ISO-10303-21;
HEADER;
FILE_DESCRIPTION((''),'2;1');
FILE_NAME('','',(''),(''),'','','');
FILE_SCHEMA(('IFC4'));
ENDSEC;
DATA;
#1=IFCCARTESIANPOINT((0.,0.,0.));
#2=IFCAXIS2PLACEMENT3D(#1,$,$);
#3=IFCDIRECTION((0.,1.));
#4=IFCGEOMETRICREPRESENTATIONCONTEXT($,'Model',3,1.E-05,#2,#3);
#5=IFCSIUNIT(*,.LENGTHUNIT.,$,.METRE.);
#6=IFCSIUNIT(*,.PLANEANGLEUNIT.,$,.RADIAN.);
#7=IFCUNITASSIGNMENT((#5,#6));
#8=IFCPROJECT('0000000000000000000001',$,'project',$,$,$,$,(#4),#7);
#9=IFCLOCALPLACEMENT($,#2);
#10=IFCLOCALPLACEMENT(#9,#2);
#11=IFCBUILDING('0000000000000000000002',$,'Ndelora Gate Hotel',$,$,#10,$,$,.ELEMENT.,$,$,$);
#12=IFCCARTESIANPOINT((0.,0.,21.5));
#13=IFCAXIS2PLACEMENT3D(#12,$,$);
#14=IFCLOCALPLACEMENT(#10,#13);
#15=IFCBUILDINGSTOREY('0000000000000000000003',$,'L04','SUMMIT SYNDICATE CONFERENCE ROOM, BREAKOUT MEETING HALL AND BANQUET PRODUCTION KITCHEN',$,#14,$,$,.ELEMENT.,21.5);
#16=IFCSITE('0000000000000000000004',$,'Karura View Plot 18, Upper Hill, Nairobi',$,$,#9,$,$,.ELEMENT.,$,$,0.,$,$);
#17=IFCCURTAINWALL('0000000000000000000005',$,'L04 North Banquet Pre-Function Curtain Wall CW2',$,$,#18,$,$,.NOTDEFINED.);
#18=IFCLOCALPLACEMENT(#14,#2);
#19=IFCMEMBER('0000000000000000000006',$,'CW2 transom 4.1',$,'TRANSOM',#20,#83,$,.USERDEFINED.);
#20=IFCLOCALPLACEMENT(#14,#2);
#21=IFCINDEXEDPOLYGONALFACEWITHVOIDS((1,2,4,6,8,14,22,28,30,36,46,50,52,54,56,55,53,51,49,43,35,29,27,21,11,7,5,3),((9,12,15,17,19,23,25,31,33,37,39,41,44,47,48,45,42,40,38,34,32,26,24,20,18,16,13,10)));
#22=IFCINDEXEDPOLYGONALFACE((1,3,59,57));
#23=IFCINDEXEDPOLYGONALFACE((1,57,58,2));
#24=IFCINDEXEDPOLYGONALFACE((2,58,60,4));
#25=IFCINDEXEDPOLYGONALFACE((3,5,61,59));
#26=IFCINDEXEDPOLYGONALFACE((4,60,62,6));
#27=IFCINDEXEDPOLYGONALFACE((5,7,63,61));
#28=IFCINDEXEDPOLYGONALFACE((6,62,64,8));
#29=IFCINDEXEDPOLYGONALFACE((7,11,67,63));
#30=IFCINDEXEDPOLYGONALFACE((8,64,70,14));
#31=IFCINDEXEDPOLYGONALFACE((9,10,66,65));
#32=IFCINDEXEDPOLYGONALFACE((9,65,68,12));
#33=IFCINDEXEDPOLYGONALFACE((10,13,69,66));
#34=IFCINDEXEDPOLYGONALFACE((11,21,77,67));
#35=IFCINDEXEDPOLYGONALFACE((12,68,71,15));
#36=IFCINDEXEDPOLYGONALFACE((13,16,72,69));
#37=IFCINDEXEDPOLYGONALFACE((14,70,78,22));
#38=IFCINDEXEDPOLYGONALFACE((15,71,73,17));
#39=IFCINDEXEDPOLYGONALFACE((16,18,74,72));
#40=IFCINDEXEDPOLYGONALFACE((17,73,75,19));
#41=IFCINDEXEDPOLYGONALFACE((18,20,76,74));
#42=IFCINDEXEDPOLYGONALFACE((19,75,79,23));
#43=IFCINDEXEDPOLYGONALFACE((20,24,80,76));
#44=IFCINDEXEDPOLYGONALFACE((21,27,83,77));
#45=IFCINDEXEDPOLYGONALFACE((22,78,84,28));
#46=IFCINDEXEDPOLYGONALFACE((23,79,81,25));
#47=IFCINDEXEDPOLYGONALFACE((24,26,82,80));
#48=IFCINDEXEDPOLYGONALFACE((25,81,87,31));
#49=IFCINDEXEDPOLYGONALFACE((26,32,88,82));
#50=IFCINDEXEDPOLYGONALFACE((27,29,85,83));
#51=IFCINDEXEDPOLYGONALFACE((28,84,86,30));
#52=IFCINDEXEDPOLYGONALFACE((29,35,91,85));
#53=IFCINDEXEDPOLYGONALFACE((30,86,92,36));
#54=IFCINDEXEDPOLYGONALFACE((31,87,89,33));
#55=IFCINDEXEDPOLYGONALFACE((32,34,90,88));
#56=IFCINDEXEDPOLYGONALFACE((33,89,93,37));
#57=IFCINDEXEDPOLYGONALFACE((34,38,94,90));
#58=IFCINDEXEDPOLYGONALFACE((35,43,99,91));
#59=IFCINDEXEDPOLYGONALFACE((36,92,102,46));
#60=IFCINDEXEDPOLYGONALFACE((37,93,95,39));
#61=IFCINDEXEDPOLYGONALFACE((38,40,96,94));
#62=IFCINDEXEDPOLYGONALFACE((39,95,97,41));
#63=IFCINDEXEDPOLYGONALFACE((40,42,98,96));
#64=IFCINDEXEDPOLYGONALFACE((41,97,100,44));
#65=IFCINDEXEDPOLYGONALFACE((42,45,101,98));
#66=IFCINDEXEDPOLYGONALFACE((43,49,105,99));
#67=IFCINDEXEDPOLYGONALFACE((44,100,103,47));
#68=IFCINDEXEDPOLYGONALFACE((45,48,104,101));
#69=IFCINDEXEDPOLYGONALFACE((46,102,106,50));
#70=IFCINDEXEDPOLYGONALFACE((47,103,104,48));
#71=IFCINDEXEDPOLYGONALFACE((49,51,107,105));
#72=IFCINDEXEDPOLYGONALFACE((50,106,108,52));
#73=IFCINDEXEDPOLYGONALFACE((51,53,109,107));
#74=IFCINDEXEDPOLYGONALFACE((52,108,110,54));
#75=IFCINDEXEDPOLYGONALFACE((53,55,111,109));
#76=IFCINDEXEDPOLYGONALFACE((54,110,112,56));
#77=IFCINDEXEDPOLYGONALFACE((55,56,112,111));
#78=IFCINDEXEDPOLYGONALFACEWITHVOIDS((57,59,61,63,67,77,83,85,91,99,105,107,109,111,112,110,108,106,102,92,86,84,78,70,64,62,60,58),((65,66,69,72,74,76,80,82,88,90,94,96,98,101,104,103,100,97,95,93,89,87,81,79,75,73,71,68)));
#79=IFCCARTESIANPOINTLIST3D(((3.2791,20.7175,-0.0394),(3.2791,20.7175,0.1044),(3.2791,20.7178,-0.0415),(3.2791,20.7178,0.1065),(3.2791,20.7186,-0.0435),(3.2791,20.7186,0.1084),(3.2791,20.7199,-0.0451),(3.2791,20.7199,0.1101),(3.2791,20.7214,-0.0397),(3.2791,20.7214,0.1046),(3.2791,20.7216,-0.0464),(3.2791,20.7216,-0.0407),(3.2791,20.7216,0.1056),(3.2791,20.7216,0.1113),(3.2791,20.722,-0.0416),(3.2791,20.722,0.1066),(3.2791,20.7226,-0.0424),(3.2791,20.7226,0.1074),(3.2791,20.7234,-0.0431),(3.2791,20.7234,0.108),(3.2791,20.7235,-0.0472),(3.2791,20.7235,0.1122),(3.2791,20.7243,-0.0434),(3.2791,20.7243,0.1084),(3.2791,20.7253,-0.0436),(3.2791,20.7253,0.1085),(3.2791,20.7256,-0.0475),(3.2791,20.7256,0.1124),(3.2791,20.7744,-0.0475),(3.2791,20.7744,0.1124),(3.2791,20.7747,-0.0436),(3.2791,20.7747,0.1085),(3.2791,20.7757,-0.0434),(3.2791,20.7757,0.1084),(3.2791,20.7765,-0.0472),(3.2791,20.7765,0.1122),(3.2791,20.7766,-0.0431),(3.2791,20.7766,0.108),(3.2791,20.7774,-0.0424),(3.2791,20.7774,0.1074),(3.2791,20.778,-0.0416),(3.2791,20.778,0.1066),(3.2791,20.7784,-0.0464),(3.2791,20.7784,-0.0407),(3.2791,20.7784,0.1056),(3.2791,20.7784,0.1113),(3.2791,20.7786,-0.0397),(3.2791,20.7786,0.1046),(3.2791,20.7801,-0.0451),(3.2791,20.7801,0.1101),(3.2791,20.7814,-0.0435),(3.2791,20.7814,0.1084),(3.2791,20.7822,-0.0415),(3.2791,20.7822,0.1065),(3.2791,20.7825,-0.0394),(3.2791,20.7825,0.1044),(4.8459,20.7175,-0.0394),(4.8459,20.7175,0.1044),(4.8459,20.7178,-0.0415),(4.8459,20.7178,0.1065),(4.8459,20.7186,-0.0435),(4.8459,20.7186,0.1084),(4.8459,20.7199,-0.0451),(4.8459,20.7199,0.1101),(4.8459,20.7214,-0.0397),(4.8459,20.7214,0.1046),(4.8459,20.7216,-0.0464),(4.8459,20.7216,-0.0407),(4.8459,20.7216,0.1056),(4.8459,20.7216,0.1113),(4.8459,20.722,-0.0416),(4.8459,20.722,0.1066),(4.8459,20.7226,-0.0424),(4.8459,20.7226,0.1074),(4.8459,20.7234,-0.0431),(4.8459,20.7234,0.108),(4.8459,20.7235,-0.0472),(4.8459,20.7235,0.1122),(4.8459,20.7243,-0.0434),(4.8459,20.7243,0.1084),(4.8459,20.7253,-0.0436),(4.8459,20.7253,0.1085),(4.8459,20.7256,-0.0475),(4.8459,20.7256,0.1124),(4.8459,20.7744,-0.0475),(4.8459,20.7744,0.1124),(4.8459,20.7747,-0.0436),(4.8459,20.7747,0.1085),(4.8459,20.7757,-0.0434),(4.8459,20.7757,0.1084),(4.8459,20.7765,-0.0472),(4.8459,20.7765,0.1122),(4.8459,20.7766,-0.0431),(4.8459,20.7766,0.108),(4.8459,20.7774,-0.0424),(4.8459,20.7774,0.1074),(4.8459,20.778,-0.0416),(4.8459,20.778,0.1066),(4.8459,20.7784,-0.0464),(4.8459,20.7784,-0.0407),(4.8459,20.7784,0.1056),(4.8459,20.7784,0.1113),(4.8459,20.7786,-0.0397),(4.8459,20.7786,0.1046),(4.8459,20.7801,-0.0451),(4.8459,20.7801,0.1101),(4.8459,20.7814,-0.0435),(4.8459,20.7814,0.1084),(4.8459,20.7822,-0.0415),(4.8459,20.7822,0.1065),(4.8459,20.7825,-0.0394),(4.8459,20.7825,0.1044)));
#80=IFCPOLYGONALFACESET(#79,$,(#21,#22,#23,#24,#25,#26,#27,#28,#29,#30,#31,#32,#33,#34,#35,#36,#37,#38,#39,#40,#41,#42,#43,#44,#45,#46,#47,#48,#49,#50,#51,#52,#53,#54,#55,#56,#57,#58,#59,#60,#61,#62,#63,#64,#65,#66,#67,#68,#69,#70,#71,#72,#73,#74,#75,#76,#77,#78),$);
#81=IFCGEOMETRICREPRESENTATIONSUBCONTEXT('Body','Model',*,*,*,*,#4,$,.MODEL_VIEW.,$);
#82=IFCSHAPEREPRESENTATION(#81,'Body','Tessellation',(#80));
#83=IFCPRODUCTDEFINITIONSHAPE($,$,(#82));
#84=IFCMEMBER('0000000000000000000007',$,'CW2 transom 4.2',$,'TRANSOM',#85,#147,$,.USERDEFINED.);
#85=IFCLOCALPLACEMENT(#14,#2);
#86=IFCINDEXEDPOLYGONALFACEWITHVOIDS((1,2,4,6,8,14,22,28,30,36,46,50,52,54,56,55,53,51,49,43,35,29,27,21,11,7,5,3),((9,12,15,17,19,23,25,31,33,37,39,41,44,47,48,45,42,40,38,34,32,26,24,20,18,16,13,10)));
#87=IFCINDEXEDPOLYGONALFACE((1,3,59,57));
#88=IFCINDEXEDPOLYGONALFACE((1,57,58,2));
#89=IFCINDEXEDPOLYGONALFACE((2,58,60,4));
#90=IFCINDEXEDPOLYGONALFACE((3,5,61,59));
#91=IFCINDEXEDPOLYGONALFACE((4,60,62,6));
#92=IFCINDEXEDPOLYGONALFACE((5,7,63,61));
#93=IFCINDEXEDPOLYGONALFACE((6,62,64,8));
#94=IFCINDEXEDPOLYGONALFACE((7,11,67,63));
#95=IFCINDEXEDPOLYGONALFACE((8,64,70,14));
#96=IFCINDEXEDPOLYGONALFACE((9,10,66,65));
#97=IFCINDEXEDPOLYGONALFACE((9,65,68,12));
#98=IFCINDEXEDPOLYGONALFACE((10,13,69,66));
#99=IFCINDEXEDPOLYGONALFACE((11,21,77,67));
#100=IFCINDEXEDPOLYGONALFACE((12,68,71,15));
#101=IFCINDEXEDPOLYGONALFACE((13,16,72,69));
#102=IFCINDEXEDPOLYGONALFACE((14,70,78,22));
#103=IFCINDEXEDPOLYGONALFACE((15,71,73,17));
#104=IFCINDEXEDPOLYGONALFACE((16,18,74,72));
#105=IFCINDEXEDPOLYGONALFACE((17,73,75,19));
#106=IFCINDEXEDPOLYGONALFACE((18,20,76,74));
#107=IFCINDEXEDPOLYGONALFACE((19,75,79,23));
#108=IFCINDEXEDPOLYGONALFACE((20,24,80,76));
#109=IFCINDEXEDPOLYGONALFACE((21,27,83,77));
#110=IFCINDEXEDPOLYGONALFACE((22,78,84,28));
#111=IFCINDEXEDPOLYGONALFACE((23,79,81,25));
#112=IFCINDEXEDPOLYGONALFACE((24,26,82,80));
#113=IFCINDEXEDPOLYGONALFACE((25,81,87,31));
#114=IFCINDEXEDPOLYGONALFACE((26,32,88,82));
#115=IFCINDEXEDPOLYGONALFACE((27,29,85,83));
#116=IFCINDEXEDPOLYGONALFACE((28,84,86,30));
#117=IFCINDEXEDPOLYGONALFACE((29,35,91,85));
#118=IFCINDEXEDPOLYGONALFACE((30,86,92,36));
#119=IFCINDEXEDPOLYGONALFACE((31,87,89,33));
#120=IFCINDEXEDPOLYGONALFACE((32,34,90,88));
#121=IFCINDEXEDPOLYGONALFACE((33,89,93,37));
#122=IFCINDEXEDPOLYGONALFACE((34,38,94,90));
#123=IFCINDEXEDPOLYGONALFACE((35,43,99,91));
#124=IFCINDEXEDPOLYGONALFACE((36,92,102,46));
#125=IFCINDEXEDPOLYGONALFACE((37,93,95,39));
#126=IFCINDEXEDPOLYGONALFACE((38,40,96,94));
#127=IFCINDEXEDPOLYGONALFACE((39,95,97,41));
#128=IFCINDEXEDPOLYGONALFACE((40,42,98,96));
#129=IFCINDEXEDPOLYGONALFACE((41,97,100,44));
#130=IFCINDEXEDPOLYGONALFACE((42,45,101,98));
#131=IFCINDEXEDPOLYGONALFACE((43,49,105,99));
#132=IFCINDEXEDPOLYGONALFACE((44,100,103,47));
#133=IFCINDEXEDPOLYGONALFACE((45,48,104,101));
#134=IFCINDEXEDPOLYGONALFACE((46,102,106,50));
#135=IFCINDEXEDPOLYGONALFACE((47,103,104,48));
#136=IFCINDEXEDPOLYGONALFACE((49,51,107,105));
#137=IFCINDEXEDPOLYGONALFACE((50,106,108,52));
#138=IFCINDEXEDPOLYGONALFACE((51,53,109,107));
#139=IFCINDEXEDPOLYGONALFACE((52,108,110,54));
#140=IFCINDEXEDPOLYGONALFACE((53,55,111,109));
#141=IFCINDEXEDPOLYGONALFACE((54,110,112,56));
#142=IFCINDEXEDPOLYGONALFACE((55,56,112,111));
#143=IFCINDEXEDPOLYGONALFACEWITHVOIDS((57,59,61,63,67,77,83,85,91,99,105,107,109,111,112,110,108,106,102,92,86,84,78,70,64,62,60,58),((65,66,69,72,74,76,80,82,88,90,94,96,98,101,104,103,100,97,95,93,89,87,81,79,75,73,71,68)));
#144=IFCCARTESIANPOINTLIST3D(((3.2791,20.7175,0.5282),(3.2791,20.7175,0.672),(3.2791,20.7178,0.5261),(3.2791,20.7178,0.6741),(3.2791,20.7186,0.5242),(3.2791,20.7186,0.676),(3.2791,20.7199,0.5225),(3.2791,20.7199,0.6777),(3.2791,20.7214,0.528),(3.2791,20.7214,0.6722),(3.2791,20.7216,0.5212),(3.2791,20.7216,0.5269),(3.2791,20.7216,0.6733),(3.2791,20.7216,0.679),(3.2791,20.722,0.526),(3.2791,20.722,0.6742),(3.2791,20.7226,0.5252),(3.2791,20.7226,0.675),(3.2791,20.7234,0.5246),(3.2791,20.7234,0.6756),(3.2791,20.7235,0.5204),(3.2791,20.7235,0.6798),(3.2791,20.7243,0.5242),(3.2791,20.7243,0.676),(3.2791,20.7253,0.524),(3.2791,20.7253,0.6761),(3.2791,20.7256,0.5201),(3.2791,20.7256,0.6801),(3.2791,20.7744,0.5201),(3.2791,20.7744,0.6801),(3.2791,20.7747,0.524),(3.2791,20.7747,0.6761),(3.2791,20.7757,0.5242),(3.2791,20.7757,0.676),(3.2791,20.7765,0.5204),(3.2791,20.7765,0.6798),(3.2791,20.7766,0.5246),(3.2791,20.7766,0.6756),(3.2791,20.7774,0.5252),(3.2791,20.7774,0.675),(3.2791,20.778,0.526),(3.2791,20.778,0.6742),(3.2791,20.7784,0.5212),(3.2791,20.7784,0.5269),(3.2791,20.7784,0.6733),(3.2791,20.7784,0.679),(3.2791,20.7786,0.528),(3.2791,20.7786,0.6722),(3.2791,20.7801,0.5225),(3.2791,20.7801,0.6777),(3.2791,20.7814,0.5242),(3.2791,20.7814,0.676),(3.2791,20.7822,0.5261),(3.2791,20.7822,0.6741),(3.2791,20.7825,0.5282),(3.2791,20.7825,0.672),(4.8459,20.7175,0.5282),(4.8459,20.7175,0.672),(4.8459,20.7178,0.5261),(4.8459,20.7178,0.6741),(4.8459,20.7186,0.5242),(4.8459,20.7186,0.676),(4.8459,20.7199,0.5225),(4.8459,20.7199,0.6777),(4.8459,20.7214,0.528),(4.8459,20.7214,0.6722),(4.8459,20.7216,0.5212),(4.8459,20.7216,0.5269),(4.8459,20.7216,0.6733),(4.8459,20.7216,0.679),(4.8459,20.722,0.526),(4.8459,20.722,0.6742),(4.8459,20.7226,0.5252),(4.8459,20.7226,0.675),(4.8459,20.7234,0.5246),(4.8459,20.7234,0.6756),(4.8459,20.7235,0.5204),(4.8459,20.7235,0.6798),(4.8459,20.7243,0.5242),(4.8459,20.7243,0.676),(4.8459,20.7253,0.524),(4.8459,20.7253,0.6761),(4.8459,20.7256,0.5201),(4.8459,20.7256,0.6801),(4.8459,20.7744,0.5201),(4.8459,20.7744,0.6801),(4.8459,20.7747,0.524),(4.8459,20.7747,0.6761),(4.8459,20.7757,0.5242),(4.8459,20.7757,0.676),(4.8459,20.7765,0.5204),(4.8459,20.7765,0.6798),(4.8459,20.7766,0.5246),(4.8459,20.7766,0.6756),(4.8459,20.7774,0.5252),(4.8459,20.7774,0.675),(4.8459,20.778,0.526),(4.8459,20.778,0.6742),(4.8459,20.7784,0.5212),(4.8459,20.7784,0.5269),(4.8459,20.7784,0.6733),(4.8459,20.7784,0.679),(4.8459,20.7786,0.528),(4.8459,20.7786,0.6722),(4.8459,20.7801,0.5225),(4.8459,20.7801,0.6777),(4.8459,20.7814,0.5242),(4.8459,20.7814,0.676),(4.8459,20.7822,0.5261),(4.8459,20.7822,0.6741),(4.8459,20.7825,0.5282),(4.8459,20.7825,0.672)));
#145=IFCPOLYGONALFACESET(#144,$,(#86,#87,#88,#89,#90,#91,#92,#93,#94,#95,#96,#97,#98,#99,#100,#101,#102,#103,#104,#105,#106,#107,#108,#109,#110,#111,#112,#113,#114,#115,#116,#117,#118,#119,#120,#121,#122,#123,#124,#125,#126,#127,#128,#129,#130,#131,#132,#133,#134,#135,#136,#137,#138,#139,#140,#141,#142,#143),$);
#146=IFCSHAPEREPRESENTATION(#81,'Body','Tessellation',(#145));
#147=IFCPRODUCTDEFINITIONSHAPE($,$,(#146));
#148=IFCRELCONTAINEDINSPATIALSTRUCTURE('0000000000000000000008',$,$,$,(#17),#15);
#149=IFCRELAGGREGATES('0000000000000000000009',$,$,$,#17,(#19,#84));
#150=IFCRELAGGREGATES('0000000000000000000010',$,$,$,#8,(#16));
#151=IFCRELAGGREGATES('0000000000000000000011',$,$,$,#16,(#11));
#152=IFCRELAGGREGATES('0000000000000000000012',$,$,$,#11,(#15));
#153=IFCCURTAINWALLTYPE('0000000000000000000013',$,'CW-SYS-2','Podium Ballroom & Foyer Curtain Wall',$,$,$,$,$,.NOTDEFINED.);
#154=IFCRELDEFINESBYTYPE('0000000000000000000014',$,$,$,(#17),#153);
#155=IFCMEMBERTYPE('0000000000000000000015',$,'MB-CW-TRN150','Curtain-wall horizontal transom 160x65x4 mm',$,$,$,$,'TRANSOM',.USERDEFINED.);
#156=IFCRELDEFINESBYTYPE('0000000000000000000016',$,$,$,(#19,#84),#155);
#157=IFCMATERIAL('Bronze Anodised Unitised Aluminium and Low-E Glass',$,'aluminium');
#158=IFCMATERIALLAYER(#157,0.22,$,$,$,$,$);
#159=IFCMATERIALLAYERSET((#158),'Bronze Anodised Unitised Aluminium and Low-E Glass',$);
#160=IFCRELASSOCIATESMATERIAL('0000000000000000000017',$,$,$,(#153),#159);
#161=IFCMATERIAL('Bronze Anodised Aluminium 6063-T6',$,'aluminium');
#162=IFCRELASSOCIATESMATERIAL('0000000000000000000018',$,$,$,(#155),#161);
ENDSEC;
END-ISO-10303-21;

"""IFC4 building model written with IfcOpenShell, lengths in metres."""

from ifc_helpers import new_model, si_unit, direction, frame, origin, origin_2d, place, context, subcontext, project, spatial, hollow_rectangle, extrude, material, layer, layer_set, material_profile, profile_set, type_object, element, aggregate, save


model = new_model("IFC4")

# Units and contexts
model_context = context("Model", 3, precision=1e-05, world=origin(), true_north=direction((0.0, 1.0)))
body_context = subcontext(model_context, "Body", "Model", "MODEL_VIEW")
ifc_project = project(units=[si_unit("LENGTHUNIT", "METRE"), si_unit("PLANEANGLEUNIT", "RADIAN")], contexts=[model_context])

# Site, building, storey
site_placement = place(None, origin())
site = spatial("IfcSite", under=ifc_project, at=site_placement, Name="Karura View Plot 18, Upper Hill, Nairobi", CompositionType="ELEMENT", RefElevation=0.0)
building_placement = place(site_placement, origin())
building = spatial("IfcBuilding", under=site, at=building_placement, Name="Ndelora Gate Hotel", CompositionType="ELEMENT")
storey_placement = place(building_placement, frame((0.0, 0.0, 21.5)))
storey = spatial("IfcBuildingStorey", under=building, at=storey_placement, Name="L04", Description="SUMMIT SYNDICATE CONFERENCE ROOM, BREAKOUT MEETING HALL AND BANQUET PRODUCTION KITCHEN", CompositionType="ELEMENT", Elevation=21.5)

# Curtain wall, members
ifc_material_1 = material(Name="Bronze Anodised Unitised Aluminium and Low-E Glass", Category="aluminium")
ifc_layer_1 = layer(ifc_material_1, 0.22)
ifc_layer_set_1 = layer_set([ifc_layer_1], Name="Bronze Anodised Unitised Aluminium and Low-E Glass")
curtain_wall_type = type_object("IfcCurtainWallType", Name="CW-SYS-2", Description="Podium Ballroom & Foyer Curtain Wall", PredefinedType="NOTDEFINED", material=ifc_layer_set_1)
curtain_wall_placement = place(storey_placement, origin())
curtain_wall = element("IfcCurtainWall", 1, at=curtain_wall_placement, inside=storey, type_object=curtain_wall_type, Name="L04 North Banquet Pre-Function Curtain Wall CW2", PredefinedType="NOTDEFINED")
ifc_material_2 = material(Name="Bronze Anodised Aluminium 6063-T6", Category="aluminium")
ifc_material_profile_1 = material_profile(ifc_material_2, hollow_rectangle(XDim=0.0649, YDim=0.1599, WallThickness=0.0039, InnerFilletRadius=0.0039, OuterFilletRadius=0.0081, at=origin_2d()), Name="ALU 160x65x4")
ifc_profile_set_1 = profile_set([ifc_material_profile_1], Name="Bronze Anodised Aluminium 6063-T6")
member_type_1 = type_object("IfcMemberType", Name="MB-CW-TRN150", Description="Curtain-wall horizontal transom 160x65x4 mm", ElementType="TRANSOM", PredefinedType="USERDEFINED", material=ifc_profile_set_1)
member_1_placement = place(storey_placement, frame((4.8459, 20.75, 0.0325), z_axis=(-1.0, 0.0, 0.0), x_axis=(0.0, -1.0, 0.0)))
member_1 = element("IfcMember", 2, at=member_1_placement, type_object=member_type_1, Name="CW2 transom 4.1", ObjectType="TRANSOM", PredefinedType="USERDEFINED", context=body_context, shape_type="SweptSolid", body=[
    extrude(hollow_rectangle(XDim=0.0649, YDim=0.1599, WallThickness=0.0039, InnerFilletRadius=0.0039, OuterFilletRadius=0.0081, at=origin_2d()), origin(), (0.0, 0.0, 1.0), 1.5669),
])
member_2_placement = place(storey_placement, frame((4.8459, 20.75, 0.6001), z_axis=(-1.0, 0.0, 0.0), x_axis=(0.0, -1.0, 0.0)))
member_2 = element("IfcMember", 3, at=member_2_placement, type_object=member_type_1, Name="CW2 transom 4.2", ObjectType="TRANSOM", PredefinedType="USERDEFINED", context=body_context, shape_type="SweptSolid", body=[
    extrude(hollow_rectangle(XDim=0.0649, YDim=0.1599, WallThickness=0.0039, InnerFilletRadius=0.0039, OuterFilletRadius=0.0081, at=origin_2d()), origin(), (0.0, 0.0, 1.0), 1.5669),
])
aggregate(curtain_wall, [member_1, member_2])

save(model, "model.ifc")
